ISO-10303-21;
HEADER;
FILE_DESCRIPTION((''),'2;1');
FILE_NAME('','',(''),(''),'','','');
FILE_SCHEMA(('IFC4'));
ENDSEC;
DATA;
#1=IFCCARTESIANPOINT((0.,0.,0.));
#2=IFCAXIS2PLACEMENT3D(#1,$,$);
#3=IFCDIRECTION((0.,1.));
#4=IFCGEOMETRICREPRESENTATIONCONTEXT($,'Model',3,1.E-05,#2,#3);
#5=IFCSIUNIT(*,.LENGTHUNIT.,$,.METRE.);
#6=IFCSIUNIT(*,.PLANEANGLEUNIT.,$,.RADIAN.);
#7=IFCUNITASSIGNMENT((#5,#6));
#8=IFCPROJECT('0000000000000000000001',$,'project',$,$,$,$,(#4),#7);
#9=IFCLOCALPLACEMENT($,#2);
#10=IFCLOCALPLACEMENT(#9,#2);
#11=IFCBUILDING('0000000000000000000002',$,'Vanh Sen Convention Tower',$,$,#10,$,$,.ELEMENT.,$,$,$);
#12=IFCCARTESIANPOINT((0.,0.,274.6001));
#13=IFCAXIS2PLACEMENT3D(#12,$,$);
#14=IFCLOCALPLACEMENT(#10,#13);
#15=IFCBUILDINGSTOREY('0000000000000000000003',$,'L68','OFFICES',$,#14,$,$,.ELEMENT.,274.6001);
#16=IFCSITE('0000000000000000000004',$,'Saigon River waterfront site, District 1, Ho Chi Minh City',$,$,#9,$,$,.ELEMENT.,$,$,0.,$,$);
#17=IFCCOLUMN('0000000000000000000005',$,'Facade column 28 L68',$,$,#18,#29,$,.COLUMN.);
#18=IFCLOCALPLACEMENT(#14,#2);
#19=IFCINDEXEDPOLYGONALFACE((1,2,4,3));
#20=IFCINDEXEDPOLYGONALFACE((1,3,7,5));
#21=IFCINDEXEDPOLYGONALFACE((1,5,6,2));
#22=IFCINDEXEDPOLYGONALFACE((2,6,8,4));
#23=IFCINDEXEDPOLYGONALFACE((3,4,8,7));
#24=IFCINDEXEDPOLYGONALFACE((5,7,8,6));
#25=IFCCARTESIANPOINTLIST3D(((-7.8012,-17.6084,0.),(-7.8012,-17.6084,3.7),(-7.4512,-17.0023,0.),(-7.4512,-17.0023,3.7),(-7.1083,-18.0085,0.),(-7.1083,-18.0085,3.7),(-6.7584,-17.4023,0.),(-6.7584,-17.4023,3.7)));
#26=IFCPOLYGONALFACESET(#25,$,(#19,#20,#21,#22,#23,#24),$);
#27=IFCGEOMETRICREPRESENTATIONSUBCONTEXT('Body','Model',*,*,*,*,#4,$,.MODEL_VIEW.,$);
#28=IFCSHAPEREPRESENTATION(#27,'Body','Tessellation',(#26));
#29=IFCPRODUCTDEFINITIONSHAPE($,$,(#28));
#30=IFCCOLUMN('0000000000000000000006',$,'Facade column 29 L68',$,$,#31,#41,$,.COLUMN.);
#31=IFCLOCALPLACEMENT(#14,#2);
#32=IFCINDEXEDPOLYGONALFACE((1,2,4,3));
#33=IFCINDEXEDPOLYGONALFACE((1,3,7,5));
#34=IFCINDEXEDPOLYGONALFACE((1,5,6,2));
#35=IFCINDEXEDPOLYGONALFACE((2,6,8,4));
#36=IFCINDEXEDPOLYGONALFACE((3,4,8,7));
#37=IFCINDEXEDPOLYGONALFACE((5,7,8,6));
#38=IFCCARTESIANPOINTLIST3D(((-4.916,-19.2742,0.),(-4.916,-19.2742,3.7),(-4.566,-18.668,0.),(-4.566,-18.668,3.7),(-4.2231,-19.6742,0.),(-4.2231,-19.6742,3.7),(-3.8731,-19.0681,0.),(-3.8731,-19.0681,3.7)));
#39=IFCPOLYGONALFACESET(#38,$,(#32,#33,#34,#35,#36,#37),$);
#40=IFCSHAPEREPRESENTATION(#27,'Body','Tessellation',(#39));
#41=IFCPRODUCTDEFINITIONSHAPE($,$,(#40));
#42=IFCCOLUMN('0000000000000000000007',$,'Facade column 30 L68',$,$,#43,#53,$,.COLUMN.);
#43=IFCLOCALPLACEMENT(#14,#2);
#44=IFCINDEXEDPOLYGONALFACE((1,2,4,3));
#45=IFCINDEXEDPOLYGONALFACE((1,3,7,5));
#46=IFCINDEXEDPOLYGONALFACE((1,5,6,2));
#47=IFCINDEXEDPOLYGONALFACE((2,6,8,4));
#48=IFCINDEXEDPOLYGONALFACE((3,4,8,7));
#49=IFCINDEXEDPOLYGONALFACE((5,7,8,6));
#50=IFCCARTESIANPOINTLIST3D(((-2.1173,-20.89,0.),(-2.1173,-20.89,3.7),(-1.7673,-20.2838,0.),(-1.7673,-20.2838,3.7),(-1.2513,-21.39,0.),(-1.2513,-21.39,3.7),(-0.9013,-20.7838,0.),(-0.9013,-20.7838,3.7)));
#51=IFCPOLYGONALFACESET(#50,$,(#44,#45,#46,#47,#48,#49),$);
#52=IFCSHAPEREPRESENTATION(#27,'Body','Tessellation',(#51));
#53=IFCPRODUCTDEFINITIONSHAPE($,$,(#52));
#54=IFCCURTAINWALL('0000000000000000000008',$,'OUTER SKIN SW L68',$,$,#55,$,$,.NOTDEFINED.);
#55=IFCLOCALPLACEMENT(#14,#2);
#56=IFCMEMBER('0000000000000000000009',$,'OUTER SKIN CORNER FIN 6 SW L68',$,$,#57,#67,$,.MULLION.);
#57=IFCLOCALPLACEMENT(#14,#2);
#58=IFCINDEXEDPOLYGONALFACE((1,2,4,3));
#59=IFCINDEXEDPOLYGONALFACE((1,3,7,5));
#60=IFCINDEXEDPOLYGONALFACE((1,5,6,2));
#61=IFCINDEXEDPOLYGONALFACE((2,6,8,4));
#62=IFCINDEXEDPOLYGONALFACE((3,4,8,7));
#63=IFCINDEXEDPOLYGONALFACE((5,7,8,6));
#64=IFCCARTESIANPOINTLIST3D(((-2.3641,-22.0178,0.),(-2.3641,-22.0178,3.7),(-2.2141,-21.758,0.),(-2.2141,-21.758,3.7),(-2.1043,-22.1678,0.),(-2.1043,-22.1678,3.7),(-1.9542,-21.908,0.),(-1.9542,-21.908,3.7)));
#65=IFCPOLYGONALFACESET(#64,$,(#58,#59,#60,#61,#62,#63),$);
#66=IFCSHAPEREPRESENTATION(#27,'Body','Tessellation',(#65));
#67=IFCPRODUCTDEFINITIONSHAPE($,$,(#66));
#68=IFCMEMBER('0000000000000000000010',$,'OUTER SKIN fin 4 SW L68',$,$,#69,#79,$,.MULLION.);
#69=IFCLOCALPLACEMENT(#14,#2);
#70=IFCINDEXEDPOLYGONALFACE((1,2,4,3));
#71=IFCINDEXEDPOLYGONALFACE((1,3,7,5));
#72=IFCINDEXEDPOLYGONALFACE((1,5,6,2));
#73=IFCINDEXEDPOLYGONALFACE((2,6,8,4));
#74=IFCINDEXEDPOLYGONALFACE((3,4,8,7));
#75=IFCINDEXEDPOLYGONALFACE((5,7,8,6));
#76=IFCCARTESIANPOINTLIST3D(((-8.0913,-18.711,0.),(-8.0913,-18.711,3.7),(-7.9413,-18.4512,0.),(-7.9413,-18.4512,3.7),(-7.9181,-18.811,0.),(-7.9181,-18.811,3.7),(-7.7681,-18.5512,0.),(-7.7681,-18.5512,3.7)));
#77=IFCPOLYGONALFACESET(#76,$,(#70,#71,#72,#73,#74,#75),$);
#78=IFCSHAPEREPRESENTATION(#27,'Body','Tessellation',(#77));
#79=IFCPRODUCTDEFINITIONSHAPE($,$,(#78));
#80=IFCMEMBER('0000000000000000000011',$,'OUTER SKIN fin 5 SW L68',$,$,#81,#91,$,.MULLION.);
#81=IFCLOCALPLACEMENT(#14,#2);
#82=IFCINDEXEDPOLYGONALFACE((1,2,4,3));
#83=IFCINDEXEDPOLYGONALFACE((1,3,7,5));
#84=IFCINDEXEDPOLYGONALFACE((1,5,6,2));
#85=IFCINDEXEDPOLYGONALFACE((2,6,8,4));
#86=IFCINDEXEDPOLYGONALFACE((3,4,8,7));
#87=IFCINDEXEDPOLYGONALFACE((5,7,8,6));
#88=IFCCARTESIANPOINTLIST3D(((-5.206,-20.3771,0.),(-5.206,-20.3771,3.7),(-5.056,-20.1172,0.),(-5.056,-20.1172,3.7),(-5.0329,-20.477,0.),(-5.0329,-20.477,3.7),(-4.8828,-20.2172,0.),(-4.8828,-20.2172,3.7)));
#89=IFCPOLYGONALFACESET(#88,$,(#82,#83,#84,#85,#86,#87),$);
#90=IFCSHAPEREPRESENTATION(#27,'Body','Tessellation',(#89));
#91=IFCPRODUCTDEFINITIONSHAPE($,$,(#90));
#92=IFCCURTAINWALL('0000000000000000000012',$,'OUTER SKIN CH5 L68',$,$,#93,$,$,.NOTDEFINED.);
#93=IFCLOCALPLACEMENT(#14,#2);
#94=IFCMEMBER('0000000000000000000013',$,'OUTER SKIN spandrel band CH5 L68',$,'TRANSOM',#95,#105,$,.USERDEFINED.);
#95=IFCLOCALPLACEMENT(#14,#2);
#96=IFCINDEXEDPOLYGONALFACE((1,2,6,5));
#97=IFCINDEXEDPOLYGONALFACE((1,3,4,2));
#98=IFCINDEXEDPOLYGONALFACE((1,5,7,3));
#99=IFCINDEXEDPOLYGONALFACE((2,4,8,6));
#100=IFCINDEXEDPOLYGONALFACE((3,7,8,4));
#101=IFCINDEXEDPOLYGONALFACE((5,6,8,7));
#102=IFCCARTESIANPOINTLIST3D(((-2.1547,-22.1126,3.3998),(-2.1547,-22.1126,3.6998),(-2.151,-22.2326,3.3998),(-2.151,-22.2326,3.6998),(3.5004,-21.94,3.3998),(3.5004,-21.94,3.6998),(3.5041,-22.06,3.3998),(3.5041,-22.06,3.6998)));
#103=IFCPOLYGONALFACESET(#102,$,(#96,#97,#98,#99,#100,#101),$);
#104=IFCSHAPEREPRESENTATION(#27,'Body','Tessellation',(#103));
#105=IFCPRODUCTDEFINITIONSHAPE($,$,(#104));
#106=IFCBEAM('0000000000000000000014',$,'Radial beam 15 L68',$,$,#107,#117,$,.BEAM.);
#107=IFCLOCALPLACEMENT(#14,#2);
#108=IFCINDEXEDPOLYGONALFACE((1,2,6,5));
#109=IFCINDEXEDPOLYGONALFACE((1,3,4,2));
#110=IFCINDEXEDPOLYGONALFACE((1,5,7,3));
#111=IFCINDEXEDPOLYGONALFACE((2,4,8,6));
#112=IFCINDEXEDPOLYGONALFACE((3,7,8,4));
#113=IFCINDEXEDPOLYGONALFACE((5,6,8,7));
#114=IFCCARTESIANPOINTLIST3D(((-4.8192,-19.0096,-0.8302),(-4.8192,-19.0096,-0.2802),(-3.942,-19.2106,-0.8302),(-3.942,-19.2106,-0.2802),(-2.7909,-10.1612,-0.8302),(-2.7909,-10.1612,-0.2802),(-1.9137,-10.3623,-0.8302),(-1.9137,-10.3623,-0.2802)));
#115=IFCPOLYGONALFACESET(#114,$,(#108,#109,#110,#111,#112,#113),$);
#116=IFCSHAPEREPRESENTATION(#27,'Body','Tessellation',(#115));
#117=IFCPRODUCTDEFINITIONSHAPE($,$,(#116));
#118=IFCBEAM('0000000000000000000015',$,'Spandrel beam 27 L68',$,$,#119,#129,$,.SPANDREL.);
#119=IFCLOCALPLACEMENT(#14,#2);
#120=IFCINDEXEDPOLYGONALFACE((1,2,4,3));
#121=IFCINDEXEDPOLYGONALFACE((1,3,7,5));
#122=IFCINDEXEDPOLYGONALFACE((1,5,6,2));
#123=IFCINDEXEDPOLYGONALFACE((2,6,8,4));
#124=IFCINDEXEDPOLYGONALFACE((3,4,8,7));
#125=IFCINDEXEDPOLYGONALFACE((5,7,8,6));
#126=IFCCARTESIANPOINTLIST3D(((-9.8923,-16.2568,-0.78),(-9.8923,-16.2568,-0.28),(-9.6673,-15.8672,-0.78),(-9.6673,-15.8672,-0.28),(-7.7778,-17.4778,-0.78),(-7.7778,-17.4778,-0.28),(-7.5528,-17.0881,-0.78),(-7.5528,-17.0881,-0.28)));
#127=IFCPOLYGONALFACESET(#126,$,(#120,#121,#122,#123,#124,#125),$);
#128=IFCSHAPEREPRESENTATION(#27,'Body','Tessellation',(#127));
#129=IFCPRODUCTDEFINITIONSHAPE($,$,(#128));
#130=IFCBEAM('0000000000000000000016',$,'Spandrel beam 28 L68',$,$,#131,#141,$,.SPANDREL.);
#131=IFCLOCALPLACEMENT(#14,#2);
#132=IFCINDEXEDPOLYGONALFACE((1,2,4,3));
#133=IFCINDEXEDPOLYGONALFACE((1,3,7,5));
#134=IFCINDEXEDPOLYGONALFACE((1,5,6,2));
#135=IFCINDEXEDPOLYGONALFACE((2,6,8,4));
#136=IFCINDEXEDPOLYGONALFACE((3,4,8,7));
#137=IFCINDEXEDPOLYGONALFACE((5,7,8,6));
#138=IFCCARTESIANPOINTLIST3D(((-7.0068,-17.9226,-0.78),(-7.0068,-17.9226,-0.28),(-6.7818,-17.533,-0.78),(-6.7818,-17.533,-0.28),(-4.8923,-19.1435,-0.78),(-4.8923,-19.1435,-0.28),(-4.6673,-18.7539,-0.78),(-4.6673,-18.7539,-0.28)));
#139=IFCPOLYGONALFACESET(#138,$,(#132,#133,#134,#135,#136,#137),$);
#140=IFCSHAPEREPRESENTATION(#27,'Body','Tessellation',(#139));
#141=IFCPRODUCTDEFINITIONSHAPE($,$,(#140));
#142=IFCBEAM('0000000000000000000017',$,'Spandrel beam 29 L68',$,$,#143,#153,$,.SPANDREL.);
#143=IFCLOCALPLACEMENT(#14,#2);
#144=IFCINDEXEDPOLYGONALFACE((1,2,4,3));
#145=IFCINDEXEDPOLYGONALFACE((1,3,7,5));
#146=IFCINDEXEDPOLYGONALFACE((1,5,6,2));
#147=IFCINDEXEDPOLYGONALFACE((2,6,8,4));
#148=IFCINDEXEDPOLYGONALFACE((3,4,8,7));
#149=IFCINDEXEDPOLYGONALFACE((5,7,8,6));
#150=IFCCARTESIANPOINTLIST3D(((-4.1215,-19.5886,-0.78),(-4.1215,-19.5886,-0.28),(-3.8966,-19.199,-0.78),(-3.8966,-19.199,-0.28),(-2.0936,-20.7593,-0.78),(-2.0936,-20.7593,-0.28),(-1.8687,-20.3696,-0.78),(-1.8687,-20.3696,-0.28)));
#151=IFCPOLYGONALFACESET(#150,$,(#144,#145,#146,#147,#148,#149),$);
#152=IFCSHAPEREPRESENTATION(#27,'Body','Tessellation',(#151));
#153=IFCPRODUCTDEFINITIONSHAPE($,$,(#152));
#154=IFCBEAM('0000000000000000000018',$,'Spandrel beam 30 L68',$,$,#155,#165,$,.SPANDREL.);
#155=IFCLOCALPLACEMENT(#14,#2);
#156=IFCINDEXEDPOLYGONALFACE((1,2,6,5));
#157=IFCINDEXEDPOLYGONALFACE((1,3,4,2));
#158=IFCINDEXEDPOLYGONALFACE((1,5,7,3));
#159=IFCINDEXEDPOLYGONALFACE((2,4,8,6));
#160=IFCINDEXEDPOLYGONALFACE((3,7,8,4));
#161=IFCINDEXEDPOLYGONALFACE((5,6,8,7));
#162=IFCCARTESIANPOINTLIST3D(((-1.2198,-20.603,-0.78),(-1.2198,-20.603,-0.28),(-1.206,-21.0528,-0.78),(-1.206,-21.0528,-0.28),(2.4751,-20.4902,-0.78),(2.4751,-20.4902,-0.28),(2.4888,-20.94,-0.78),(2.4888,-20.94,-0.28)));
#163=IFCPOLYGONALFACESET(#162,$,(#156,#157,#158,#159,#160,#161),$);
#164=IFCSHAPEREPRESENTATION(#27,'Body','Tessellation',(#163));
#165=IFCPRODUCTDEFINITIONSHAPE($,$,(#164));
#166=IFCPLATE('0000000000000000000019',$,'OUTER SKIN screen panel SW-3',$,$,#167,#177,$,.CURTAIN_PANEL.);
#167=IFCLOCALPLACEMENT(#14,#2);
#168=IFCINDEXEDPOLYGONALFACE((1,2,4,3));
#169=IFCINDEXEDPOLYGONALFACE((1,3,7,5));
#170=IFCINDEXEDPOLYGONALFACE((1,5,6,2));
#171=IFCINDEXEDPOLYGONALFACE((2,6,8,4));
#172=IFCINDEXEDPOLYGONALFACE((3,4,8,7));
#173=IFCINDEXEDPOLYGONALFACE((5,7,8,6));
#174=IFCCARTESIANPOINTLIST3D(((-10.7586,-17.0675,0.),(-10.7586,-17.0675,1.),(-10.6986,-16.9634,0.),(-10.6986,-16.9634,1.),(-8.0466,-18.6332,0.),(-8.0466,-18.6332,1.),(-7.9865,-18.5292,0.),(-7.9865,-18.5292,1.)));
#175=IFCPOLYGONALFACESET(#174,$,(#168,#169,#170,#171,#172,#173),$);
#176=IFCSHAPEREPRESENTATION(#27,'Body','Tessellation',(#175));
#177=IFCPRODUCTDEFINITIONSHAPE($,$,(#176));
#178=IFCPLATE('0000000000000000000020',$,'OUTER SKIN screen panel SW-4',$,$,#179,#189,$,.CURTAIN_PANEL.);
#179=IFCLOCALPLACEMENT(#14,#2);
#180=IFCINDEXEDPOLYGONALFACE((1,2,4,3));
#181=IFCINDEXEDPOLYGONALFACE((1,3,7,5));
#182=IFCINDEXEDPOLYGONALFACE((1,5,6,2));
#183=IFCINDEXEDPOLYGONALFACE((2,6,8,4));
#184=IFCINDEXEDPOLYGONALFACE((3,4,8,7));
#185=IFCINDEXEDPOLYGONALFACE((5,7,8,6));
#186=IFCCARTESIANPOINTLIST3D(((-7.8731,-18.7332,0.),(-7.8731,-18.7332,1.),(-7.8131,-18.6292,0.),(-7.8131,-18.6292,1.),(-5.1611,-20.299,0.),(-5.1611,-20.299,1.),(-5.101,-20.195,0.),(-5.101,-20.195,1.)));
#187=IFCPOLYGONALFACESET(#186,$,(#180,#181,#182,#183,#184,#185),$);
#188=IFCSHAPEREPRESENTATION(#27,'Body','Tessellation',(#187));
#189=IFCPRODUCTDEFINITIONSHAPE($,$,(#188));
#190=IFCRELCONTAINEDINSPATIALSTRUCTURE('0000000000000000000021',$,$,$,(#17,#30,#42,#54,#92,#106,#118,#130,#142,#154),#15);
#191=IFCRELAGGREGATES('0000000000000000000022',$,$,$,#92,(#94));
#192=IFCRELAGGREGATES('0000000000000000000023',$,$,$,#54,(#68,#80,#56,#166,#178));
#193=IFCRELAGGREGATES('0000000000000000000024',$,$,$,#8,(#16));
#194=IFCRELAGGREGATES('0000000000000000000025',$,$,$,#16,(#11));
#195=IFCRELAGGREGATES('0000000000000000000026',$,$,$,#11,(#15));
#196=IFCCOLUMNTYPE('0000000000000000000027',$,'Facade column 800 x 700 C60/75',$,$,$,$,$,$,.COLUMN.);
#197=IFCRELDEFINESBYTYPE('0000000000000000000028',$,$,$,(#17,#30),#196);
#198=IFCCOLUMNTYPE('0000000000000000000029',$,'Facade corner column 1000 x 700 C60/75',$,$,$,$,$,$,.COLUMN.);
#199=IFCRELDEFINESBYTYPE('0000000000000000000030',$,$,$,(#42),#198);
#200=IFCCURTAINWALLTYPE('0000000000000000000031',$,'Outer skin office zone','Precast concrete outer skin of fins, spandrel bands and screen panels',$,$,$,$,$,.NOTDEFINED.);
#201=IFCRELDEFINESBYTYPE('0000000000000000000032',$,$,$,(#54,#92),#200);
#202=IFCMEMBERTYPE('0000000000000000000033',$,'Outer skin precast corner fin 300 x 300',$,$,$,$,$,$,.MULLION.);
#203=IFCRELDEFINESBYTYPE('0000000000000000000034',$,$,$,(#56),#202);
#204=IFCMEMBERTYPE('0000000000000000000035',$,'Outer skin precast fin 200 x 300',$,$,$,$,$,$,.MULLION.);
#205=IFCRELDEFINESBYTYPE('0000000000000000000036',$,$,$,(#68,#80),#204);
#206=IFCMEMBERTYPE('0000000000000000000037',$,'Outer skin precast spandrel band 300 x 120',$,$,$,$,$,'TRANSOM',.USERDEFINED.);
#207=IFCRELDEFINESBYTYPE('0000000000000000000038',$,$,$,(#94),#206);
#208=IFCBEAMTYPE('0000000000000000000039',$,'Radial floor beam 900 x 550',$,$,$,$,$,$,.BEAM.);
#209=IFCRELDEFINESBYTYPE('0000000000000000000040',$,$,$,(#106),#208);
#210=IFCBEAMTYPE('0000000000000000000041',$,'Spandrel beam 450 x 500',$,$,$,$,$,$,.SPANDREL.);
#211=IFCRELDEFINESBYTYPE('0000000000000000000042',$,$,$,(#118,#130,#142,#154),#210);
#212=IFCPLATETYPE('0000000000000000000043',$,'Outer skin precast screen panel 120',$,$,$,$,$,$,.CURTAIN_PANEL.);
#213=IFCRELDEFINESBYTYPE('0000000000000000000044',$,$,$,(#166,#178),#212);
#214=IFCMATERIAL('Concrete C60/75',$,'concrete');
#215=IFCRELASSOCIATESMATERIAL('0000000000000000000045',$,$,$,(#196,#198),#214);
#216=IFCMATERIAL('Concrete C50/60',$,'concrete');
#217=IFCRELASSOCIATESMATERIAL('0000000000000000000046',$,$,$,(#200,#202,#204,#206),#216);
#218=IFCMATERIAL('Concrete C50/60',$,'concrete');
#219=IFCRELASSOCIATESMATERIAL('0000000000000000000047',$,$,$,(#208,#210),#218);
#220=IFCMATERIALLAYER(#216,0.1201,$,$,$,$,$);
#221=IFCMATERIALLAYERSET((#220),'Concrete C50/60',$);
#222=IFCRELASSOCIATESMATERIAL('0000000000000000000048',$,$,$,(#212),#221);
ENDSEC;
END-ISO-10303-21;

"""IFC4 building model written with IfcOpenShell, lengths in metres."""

from ifc_helpers import new_model, si_unit, direction, frame, origin, origin_2d, place, context, subcontext, project, spatial, rectangle, extrude, material, layer, layer_set, material_profile, profile_set, type_object, element, aggregate, save


model = new_model("IFC4")

# Units and contexts
model_context = context("Model", 3, precision=1e-05, world=origin(), true_north=direction((0.0, 1.0)))
body_context = subcontext(model_context, "Body", "Model", "MODEL_VIEW")
ifc_project = project(units=[si_unit("LENGTHUNIT", "METRE"), si_unit("PLANEANGLEUNIT", "RADIAN")], contexts=[model_context])

# Site, building, storey
site_placement = place(None, origin())
site = spatial("IfcSite", under=ifc_project, at=site_placement, Name="Saigon River waterfront site, District 1, Ho Chi Minh City", CompositionType="ELEMENT", RefElevation=0.0)
building_placement = place(site_placement, origin())
building = spatial("IfcBuilding", under=site, at=building_placement, Name="Vanh Sen Convention Tower", CompositionType="ELEMENT")
storey_placement = place(building_placement, frame((0.0, 0.0, 274.6001)))
storey = spatial("IfcBuildingStorey", under=building, at=storey_placement, Name="L68", Description="OFFICES", CompositionType="ELEMENT", Elevation=274.6001)

# Columns
ifc_material_1 = material(Name="Concrete C60/75", Category="concrete")
ifc_material_profile_1 = material_profile(ifc_material_1, rectangle(XDim=0.8, YDim=0.7, at=origin_2d()), Name="RC 800X700")
ifc_profile_set_1 = profile_set([ifc_material_profile_1], Name="Concrete C60/75")
column_type_1 = type_object("IfcColumnType", Name="Facade column 800 x 700 C60/75", PredefinedType="COLUMN", material=ifc_profile_set_1)
for number, where, z_axis, x_axis, name in (
    (1, (-7.2798, -17.5054, 0.0), (0.0, 0.0, 1.0), (0.866025, -0.5, 0.0), "Facade column 28 L68"),
    (2, (-4.3945, -19.1711, 0.0), (0.0, 0.0, 1.0), (0.866025, -0.5, 0.0), "Facade column 29 L68"),
):
    element("IfcColumn", number, at=place(storey_placement, frame(where, z_axis=z_axis, x_axis=x_axis)), inside=storey, type_object=column_type_1, Name=name, PredefinedType="COLUMN", context=body_context, shape_type="SweptSolid", body=[
        extrude(rectangle(XDim=0.8, YDim=0.7, at=origin_2d()), origin(), (0.0, 0.0, 1.0), 3.7),
    ])
ifc_material_profile_2 = material_profile(ifc_material_1, rectangle(XDim=1.0, YDim=0.7, at=origin_2d()), Name="RC 1000X700")
ifc_profile_set_2 = profile_set([ifc_material_profile_2], Name="Concrete C60/75")
column_type_2 = type_object("IfcColumnType", Name="Facade corner column 1000 x 700 C60/75", PredefinedType="COLUMN", material=ifc_profile_set_2)
column_placement = place(storey_placement, frame((-1.5093, -20.8369, 0.0), z_axis=(0.0, 0.0, 1.0), x_axis=(0.866025, -0.5, 0.0)))
element("IfcColumn", 3, at=column_placement, inside=storey, type_object=column_type_2, Name="Facade column 30 L68", PredefinedType="COLUMN", context=body_context, shape_type="SweptSolid", body=[
    extrude(rectangle(XDim=1.0, YDim=0.7, at=origin_2d()), origin(), (0.0, 0.0, 1.0), 3.7),
])

# Curtain wall, members
ifc_material_2 = material(Name="Concrete C50/60", Category="concrete")
curtain_wall_type = type_object("IfcCurtainWallType", Name="Outer skin office zone", Description="Precast concrete outer skin of fins, spandrel bands and screen panels", PredefinedType="NOTDEFINED", material=ifc_material_2)
curtain_wall_1_placement = place(storey_placement, origin())
curtain_wall_1 = element("IfcCurtainWall", 4, at=curtain_wall_1_placement, inside=storey, type_object=curtain_wall_type, Name="OUTER SKIN SW L68", PredefinedType="NOTDEFINED")
ifc_material_profile_3 = material_profile(ifc_material_2, rectangle(XDim=0.3, YDim=0.3, at=origin_2d()), Name="Outer skin precast corner fin 300 x 300")
ifc_profile_set_3 = profile_set([ifc_material_profile_3], Name="Concrete C50/60")
member_type_1 = type_object("IfcMemberType", Name="Outer skin precast corner fin 300 x 300", PredefinedType="MULLION", material=ifc_profile_set_3)
member_1_placement = place(storey_placement, frame((-2.1592, -21.9629, 0.0), z_axis=(0.0, 0.0, 1.0), x_axis=(0.866025, -0.5, 0.0)))
member_1 = element("IfcMember", 5, at=member_1_placement, type_object=member_type_1, Name="OUTER SKIN CORNER FIN 6 SW L68", PredefinedType="MULLION", context=body_context, shape_type="SweptSolid", body=[
    extrude(rectangle(XDim=0.3, YDim=0.3, at=origin_2d()), origin(), (0.0, 0.0, 1.0), 3.7),
])
ifc_material_profile_4 = material_profile(ifc_material_2, rectangle(XDim=0.2, YDim=0.3, at=origin_2d()), Name="Outer skin precast fin 200 x 300")
ifc_profile_set_4 = profile_set([ifc_material_profile_4], Name="Concrete C50/60")
member_type_2 = type_object("IfcMemberType", Name="Outer skin precast fin 200 x 300", PredefinedType="MULLION", material=ifc_profile_set_4)
member_2_placement = place(storey_placement, frame((-7.9297, -18.6311, 0.0), z_axis=(0.0, 0.0, 1.0), x_axis=(0.866025, -0.5, 0.0)))
member_2 = element("IfcMember", 6, at=member_2_placement, type_object=member_type_2, Name="OUTER SKIN fin 4 SW L68", PredefinedType="MULLION", context=body_context, shape_type="SweptSolid", body=[
    extrude(rectangle(XDim=0.2, YDim=0.3, at=origin_2d()), origin(), (0.0, 0.0, 1.0), 3.7),
])
member_3_placement = place(storey_placement, frame((-5.0444, -20.2971, 0.0), z_axis=(0.0, 0.0, 1.0), x_axis=(0.866025, -0.5, 0.0)))
member_3 = element("IfcMember", 7, at=member_3_placement, type_object=member_type_2, Name="OUTER SKIN fin 5 SW L68", PredefinedType="MULLION", context=body_context, shape_type="SweptSolid", body=[
    extrude(rectangle(XDim=0.2, YDim=0.3, at=origin_2d()), origin(), (0.0, 0.0, 1.0), 3.7),
])

# Curtain wall, member
curtain_wall_2_placement = place(storey_placement, origin())
curtain_wall_2 = element("IfcCurtainWall", 8, at=curtain_wall_2_placement, inside=storey, type_object=curtain_wall_type, Name="OUTER SKIN CH5 L68", PredefinedType="NOTDEFINED")
ifc_material_profile_5 = material_profile(ifc_material_2, rectangle(XDim=0.1201, YDim=0.3, at=origin_2d()), Name="Outer skin precast spandrel band 300 x 120")
ifc_profile_set_5 = profile_set([ifc_material_profile_5], Name="Concrete C50/60")
member_type_3 = type_object("IfcMemberType", Name="Outer skin precast spandrel band 300 x 120", ElementType="TRANSOM", PredefinedType="USERDEFINED", material=ifc_profile_set_5)
member_4_placement = place(storey_placement, frame((-2.1528, -22.1726, 3.5498), z_axis=(0.999535, 0.030509, 0.0), x_axis=(-0.030509, 0.999535, 0.0)))
member_4 = element("IfcMember", 9, at=member_4_placement, type_object=member_type_3, Name="OUTER SKIN spandrel band CH5 L68", ObjectType="TRANSOM", PredefinedType="USERDEFINED", context=body_context, shape_type="SweptSolid", body=[
    extrude(rectangle(XDim=0.1201, YDim=0.3, at=origin_2d()), origin(), (0.0, 0.0, 1.0), 5.6577),
])
aggregate(curtain_wall_2, [member_4])

# Beams
ifc_material_3 = material(Name="Concrete C50/60", Category="concrete")
ifc_material_profile_6 = material_profile(ifc_material_3, rectangle(XDim=0.8999, YDim=0.55, at=origin_2d()), Name="RC 900X550")
ifc_profile_set_6 = profile_set([ifc_material_profile_6], Name="Concrete C50/60")
beam_type_1 = type_object("IfcBeamType", Name="Radial floor beam 900 x 550", PredefinedType="BEAM", material=ifc_profile_set_6)
beam_1_placement = place(storey_placement, frame((-4.3806, -19.1101, -0.5552), z_axis=(0.223435, 0.974719, 0.0), x_axis=(-0.974719, 0.223435, 0.0)))
element("IfcBeam", 10, at=beam_1_placement, inside=storey, type_object=beam_type_1, Name="Radial beam 15 L68", PredefinedType="BEAM", context=body_context, shape_type="SweptSolid", body=[
    extrude(rectangle(XDim=0.8999, YDim=0.55, at=origin_2d()), origin(), (0.0, 0.0, 1.0), 9.0779),
])
ifc_material_profile_7 = material_profile(ifc_material_3, rectangle(XDim=0.45, YDim=0.5, at=origin_2d()), Name="RC 450X500")
ifc_profile_set_7 = profile_set([ifc_material_profile_7], Name="Concrete C50/60")
beam_type_2 = type_object("IfcBeamType", Name="Spandrel beam 450 x 500", PredefinedType="SPANDREL", material=ifc_profile_set_7)
for number, where, z_axis, x_axis, name in (
    (11, (-9.7798, -16.062, -0.53), (0.866001, -0.500043, 0.0), (0.500043, 0.866001, 0.0), "Spandrel beam 27 L68"),
    (12, (-6.8943, -17.7278, -0.53), (0.866001, -0.500043, 0.0), (0.500043, 0.866001, 0.0), "Spandrel beam 28 L68"),
):
    element("IfcBeam", number, at=place(storey_placement, frame(where, z_axis=z_axis, x_axis=x_axis)), inside=storey, type_object=beam_type_2, Name=name, PredefinedType="SPANDREL", context=body_context, shape_type="SweptSolid", body=[
        extrude(rectangle(XDim=0.45, YDim=0.5, at=origin_2d()), origin(), (0.0, 0.0, 1.0), 2.4417),
    ])
beam_2_placement = place(storey_placement, frame((-4.009, -19.3938, -0.53), z_axis=(0.866047, -0.499963, 0.0), x_axis=(0.499963, 0.866047, 0.0)))
element("IfcBeam", 13, at=beam_2_placement, inside=storey, type_object=beam_type_2, Name="Spandrel beam 29 L68", PredefinedType="SPANDREL", context=body_context, shape_type="SweptSolid", body=[
    extrude(rectangle(XDim=0.45, YDim=0.5, at=origin_2d()), origin(), (0.0, 0.0, 1.0), 2.3416),
])
beam_3_placement = place(storey_placement, frame((-1.2129, -20.8279, -0.53), z_axis=(0.999534, 0.030513, 0.0), x_axis=(-0.030513, 0.999534, 0.0)))
element("IfcBeam", 14, at=beam_3_placement, inside=storey, type_object=beam_type_2, Name="Spandrel beam 30 L68", PredefinedType="SPANDREL", context=body_context, shape_type="SweptSolid", body=[
    extrude(rectangle(XDim=0.45, YDim=0.5, at=origin_2d()), origin(), (0.0, 0.0, 1.0), 3.6965),
])

# Plates
ifc_layer_1 = layer(ifc_material_2, 0.1201)
ifc_layer_set_1 = layer_set([ifc_layer_1], Name="Concrete C50/60")
plate_type = type_object("IfcPlateType", Name="Outer skin precast screen panel 120", PredefinedType="CURTAIN_PANEL", material=ifc_layer_set_1)
plate_1_placement = place(storey_placement, frame((-9.3726, -17.7983, 0.0), z_axis=(0.0, 0.0, 1.0), x_axis=(0.866029, -0.499994, 0.0)))
plate_1 = element("IfcPlate", 15, at=plate_1_placement, type_object=plate_type, Name="OUTER SKIN screen panel SW-3", PredefinedType="CURTAIN_PANEL", context=body_context, shape_type="SweptSolid", body=[
    extrude(rectangle(XDim=3.1316, YDim=0.1201, at=origin_2d()), origin(), (0.0, 0.0, 1.0), 1.0),
])
plate_2_placement = place(storey_placement, frame((-6.4871, -19.4641, 0.0), z_axis=(0.0, 0.0, 1.0), x_axis=(0.866029, -0.499994, 0.0)))
plate_2 = element("IfcPlate", 16, at=plate_2_placement, type_object=plate_type, Name="OUTER SKIN screen panel SW-4", PredefinedType="CURTAIN_PANEL", context=body_context, shape_type="SweptSolid", body=[
    extrude(rectangle(XDim=3.1316, YDim=0.1201, at=origin_2d()), origin(), (0.0, 0.0, 1.0), 1.0),
])
aggregate(curtain_wall_1, [member_2, member_3, member_1, plate_1, plate_2])

save(model, "model.ifc")
